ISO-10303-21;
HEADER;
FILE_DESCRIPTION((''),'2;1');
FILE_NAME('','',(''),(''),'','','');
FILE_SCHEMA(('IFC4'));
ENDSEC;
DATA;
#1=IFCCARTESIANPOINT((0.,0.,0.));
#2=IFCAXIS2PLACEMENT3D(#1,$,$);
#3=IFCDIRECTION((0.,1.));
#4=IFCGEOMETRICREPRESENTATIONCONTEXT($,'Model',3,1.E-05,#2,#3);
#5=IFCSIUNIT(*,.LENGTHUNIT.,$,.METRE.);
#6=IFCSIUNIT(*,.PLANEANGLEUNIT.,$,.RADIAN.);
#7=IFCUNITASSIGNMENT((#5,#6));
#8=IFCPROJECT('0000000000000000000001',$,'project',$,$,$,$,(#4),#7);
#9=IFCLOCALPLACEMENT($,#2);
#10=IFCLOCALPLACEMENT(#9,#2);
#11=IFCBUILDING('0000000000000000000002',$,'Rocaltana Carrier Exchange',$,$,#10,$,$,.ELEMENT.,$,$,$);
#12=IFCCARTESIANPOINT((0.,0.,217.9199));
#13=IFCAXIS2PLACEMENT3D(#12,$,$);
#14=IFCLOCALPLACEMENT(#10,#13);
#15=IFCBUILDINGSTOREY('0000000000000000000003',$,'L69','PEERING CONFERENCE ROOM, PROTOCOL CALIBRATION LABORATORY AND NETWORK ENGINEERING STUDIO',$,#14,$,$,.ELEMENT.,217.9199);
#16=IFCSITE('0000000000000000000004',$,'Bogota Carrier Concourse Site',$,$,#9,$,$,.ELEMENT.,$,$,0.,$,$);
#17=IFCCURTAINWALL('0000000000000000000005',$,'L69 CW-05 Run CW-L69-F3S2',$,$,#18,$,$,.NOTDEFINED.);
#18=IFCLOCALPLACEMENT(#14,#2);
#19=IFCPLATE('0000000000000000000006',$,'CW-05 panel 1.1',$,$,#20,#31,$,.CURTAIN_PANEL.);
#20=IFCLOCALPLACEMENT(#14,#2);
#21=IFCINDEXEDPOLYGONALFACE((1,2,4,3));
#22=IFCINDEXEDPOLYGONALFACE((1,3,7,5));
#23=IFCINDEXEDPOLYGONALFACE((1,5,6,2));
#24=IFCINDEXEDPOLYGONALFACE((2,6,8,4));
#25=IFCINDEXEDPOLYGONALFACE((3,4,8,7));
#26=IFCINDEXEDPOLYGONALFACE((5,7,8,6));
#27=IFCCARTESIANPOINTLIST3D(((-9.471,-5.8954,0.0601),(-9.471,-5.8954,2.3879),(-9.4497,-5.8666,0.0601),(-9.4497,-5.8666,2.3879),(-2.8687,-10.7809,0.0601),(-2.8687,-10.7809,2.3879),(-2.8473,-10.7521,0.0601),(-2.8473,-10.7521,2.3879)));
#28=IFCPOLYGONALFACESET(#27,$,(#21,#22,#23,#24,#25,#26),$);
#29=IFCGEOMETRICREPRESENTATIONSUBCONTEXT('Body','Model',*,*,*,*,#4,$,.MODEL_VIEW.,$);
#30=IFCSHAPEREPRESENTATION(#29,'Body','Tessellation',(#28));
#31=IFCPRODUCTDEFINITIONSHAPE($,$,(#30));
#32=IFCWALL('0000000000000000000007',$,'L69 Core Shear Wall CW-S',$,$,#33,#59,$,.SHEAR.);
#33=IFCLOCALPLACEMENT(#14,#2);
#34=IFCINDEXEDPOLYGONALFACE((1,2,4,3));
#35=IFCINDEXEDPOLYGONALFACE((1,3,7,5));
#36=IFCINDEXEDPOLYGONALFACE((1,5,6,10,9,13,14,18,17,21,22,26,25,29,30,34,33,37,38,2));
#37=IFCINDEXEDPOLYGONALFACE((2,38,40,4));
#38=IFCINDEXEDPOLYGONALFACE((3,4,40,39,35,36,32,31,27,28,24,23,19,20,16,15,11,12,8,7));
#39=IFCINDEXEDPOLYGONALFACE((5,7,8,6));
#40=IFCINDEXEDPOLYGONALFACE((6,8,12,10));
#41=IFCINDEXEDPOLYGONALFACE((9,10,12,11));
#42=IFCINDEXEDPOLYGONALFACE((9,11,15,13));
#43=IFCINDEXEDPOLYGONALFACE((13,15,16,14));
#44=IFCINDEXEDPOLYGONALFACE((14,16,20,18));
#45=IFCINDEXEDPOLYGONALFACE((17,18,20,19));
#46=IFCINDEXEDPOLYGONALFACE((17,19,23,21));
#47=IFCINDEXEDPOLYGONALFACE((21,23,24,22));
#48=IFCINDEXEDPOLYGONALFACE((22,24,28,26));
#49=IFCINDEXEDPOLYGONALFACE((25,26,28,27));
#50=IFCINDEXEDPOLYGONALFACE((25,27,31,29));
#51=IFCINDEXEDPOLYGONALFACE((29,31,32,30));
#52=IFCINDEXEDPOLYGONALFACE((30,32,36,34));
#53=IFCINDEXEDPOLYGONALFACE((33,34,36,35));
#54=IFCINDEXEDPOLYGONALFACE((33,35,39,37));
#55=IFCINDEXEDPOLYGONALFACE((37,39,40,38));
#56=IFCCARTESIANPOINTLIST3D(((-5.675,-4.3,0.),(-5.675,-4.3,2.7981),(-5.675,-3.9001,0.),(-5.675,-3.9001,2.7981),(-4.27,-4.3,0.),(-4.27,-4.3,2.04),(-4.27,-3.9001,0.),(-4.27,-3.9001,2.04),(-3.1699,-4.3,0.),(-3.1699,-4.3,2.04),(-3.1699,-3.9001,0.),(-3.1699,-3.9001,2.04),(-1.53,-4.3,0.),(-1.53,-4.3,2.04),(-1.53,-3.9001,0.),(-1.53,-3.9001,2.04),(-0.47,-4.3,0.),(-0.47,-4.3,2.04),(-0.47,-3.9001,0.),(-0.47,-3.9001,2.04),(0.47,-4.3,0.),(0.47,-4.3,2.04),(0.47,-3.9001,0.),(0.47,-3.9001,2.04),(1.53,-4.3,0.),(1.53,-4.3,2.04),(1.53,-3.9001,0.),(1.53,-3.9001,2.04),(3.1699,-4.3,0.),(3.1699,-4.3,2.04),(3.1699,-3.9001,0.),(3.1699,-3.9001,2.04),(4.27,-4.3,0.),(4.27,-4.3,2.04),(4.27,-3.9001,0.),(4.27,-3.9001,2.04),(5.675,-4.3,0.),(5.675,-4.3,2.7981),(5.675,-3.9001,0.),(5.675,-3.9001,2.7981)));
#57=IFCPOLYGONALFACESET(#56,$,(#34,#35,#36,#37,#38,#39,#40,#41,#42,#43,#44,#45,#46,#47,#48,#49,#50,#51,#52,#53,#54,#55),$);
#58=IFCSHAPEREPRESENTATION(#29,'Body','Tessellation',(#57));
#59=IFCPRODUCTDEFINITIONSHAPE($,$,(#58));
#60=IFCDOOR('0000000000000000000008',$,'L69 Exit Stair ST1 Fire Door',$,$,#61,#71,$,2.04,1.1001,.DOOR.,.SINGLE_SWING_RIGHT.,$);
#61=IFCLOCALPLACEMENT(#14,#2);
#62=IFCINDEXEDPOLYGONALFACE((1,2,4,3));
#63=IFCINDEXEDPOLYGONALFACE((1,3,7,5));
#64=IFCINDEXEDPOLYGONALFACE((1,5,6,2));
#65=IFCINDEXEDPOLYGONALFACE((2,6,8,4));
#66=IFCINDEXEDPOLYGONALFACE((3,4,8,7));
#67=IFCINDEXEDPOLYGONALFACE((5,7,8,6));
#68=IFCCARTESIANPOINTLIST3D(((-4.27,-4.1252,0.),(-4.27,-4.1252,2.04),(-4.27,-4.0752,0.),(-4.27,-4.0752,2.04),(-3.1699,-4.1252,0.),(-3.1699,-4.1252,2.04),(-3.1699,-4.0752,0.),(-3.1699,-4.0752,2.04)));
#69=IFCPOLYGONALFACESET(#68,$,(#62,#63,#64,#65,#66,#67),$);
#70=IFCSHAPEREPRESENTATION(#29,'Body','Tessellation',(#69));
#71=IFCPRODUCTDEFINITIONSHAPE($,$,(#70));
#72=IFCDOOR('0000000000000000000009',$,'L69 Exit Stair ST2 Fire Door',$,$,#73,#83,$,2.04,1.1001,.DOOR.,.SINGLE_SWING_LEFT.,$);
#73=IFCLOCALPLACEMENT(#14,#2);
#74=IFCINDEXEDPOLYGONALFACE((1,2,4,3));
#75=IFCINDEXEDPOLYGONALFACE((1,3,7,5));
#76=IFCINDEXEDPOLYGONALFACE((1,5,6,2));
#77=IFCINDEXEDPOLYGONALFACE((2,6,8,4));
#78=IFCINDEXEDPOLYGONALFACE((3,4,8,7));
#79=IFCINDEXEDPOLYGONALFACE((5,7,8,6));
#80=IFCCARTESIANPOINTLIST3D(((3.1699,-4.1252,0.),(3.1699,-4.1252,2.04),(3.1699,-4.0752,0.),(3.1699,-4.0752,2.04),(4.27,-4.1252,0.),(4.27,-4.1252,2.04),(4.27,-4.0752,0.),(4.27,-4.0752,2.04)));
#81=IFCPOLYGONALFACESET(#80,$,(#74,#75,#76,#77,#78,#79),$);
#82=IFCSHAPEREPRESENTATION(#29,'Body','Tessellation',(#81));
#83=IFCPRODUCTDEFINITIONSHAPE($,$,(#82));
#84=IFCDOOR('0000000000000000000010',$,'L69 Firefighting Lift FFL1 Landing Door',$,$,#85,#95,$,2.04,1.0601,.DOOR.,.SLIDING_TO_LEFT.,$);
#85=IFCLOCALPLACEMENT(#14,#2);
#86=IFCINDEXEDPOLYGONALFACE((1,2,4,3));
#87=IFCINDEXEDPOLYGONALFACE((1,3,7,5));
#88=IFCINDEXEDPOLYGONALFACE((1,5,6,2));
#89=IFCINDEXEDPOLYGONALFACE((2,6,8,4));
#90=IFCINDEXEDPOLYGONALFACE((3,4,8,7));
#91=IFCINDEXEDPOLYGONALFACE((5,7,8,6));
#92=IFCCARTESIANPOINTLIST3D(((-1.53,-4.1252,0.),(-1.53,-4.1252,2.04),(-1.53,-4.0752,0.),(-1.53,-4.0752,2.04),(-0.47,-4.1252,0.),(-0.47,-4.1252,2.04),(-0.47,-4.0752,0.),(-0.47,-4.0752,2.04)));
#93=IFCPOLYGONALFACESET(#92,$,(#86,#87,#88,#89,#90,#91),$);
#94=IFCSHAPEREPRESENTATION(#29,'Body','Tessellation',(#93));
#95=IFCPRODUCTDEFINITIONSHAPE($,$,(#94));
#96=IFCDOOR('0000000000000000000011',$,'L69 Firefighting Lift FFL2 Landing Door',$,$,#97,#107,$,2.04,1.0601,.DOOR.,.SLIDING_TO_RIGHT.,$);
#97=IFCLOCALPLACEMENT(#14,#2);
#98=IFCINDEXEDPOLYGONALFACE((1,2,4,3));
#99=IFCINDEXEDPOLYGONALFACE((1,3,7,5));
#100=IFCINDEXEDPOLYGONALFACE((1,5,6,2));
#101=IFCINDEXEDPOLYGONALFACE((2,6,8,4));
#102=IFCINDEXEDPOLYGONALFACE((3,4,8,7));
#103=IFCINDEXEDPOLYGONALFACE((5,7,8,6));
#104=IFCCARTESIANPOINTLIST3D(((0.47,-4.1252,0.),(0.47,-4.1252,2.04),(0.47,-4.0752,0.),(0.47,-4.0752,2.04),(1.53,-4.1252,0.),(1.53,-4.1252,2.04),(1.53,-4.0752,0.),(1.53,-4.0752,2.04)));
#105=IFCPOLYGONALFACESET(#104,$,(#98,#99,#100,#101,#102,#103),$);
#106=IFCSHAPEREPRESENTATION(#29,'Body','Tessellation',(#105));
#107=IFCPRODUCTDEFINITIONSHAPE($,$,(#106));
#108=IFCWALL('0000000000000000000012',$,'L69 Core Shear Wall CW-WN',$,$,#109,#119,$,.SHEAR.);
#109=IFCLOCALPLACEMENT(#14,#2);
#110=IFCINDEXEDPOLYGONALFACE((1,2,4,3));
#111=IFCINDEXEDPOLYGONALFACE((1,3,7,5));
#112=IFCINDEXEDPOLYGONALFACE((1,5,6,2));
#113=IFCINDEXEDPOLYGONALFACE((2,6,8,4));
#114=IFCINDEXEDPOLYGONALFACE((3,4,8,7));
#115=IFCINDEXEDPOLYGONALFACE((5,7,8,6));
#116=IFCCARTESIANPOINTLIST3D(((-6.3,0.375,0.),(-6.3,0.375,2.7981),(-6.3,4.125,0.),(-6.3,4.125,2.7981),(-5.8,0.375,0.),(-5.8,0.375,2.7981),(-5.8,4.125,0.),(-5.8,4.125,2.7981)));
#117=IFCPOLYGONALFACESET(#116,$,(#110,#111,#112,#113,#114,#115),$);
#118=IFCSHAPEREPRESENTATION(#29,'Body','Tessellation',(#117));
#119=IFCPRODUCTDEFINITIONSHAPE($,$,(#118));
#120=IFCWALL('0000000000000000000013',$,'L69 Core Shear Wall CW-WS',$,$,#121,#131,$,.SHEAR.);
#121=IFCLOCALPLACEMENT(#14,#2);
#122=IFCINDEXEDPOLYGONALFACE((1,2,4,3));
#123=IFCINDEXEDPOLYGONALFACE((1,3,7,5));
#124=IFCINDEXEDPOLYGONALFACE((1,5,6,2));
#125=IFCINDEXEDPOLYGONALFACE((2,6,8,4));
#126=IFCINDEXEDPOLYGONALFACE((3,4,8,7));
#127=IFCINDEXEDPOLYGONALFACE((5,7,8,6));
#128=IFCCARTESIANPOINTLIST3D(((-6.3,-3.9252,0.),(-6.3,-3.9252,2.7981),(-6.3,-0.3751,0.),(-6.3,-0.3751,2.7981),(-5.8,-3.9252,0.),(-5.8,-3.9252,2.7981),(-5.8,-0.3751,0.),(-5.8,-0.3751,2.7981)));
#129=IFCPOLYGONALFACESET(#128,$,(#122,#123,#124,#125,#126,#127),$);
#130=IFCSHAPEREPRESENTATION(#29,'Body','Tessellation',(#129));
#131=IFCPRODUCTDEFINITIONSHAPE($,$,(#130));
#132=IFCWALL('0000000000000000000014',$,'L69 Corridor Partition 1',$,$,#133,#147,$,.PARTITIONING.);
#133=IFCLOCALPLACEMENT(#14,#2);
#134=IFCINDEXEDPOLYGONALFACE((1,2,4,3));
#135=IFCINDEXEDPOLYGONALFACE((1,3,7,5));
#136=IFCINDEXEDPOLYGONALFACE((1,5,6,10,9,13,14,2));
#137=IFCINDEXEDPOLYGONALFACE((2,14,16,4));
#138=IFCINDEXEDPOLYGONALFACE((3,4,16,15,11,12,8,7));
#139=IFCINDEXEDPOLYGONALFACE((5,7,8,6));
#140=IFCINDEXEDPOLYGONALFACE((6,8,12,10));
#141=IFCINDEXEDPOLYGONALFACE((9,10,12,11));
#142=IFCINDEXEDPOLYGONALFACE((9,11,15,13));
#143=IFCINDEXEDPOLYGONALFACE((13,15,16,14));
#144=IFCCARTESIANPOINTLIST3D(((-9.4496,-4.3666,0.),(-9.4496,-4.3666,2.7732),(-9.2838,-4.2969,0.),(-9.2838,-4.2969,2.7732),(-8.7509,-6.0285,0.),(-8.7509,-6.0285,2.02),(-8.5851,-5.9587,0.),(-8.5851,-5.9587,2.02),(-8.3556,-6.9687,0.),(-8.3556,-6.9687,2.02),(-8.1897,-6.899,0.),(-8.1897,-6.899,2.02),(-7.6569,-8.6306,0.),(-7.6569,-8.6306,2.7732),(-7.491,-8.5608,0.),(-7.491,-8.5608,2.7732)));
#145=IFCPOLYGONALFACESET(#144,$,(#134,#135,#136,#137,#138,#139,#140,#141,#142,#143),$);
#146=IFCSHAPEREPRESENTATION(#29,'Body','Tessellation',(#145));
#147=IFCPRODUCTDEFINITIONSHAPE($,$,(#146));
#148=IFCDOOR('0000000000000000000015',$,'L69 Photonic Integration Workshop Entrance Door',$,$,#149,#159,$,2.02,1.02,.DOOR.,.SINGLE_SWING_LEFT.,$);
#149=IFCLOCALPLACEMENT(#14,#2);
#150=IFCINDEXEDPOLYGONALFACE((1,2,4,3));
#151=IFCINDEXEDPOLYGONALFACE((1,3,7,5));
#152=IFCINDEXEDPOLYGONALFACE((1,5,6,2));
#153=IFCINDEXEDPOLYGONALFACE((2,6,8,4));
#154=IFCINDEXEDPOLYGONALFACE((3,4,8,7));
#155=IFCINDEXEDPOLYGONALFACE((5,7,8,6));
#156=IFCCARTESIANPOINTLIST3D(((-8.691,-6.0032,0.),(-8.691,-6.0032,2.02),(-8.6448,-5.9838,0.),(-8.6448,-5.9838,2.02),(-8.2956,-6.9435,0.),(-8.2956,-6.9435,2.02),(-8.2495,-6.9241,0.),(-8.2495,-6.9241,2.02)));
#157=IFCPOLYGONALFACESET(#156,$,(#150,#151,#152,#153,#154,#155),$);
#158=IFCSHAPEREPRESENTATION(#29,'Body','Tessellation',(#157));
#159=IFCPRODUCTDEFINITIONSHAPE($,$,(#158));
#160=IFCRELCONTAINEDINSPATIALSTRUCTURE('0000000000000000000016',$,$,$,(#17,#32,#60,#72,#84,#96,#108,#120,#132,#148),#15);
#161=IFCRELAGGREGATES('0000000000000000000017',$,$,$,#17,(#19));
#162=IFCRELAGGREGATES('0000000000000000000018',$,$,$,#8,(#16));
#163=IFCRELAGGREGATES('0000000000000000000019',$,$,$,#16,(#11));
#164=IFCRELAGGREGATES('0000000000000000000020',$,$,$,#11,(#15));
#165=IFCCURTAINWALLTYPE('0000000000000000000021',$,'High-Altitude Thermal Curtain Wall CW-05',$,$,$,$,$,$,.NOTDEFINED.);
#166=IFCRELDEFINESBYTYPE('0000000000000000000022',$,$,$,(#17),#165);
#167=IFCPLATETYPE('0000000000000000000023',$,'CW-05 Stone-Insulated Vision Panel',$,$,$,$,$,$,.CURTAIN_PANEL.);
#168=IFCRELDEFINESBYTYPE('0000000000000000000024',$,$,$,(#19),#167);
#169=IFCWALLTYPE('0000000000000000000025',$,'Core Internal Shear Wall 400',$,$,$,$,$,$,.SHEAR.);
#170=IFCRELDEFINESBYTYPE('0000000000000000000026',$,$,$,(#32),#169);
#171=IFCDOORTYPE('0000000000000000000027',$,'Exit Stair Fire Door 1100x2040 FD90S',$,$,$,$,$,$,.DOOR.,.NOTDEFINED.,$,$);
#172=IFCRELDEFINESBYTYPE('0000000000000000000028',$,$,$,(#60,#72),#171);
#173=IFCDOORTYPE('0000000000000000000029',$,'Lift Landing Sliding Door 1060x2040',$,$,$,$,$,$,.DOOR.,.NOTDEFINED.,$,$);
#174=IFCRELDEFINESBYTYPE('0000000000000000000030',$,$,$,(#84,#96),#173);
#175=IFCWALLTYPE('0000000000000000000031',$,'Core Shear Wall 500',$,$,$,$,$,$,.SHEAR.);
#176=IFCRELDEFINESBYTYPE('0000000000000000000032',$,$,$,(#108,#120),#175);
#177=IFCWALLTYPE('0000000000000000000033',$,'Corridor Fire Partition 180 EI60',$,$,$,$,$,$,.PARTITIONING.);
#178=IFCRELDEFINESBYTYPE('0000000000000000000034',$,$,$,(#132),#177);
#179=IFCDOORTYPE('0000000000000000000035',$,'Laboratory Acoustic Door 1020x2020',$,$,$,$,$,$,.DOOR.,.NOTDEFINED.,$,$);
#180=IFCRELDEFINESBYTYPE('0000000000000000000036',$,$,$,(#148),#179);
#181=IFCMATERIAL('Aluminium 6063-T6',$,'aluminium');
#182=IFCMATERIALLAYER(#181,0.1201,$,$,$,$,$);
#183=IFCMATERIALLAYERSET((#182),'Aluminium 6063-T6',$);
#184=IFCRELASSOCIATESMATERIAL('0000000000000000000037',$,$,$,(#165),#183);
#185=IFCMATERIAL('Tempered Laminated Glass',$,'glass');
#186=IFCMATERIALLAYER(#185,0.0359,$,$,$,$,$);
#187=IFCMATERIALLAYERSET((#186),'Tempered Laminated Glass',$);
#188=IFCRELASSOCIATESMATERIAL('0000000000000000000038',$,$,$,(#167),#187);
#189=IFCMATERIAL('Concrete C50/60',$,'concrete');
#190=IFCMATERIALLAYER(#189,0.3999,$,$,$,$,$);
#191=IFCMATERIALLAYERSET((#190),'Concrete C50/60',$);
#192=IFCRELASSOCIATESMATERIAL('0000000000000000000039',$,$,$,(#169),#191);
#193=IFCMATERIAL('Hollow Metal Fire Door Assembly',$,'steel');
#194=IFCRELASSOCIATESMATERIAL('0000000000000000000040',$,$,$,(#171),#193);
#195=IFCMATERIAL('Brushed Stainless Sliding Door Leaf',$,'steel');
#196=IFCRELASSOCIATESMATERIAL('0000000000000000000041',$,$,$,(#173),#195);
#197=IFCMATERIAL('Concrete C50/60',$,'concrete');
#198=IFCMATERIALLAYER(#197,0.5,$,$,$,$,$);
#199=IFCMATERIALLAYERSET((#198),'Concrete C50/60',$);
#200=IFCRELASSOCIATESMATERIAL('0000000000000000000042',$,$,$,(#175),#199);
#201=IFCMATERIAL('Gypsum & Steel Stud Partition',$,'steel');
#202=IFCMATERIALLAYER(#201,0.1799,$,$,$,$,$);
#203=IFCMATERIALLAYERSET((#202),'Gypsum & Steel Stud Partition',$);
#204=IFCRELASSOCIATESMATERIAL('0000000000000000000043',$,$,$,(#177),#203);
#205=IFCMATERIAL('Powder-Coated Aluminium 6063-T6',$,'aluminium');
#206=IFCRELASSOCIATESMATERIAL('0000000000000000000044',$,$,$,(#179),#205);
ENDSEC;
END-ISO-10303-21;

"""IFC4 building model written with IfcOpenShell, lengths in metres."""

from ifc_helpers import new_model, si_unit, direction, frame, frame_2d, origin, origin_2d, place, context, subcontext, project, spatial, rectangle, extrude, material, layer, layer_set, type_object, element, fill, aggregate, save


model = new_model("IFC4")

# Units and contexts
model_context = context("Model", 3, precision=1e-05, world=origin(), true_north=direction((0.0, 1.0)))
body_context = subcontext(model_context, "Body", "Model", "MODEL_VIEW")
ifc_project = project(units=[si_unit("LENGTHUNIT", "METRE"), si_unit("PLANEANGLEUNIT", "RADIAN")], contexts=[model_context])

# Site, building, storey
site_placement = place(None, origin())
site = spatial("IfcSite", under=ifc_project, at=site_placement, Name="Bogota Carrier Concourse Site", CompositionType="ELEMENT", RefElevation=0.0)
building_placement = place(site_placement, origin())
building = spatial("IfcBuilding", under=site, at=building_placement, Name="Rocaltana Carrier Exchange", CompositionType="ELEMENT")
storey_placement = place(building_placement, frame((0.0, 0.0, 217.9199)))
storey = spatial("IfcBuildingStorey", under=building, at=storey_placement, Name="L69", Description="PEERING CONFERENCE ROOM, PROTOCOL CALIBRATION LABORATORY AND NETWORK ENGINEERING STUDIO", CompositionType="ELEMENT", Elevation=217.9199)

# Curtain wall, plate
ifc_material_1 = material(Name="Aluminium 6063-T6", Category="aluminium")
ifc_layer_1 = layer(ifc_material_1, 0.1201)
ifc_layer_set_1 = layer_set([ifc_layer_1], Name="Aluminium 6063-T6")
curtain_wall_type = type_object("IfcCurtainWallType", Name="High-Altitude Thermal Curtain Wall CW-05", PredefinedType="NOTDEFINED", material=ifc_layer_set_1)
curtain_wall_placement = place(storey_placement, origin())
curtain_wall = element("IfcCurtainWall", 1, at=curtain_wall_placement, inside=storey, type_object=curtain_wall_type, Name="L69 CW-05 Run CW-L69-F3S2", PredefinedType="NOTDEFINED")
ifc_material_2 = material(Name="Tempered Laminated Glass", Category="glass")
ifc_layer_2 = layer(ifc_material_2, 0.0359)
ifc_layer_set_2 = layer_set([ifc_layer_2], Name="Tempered Laminated Glass")
plate_type = type_object("IfcPlateType", Name="CW-05 Stone-Insulated Vision Panel", PredefinedType="CURTAIN_PANEL", material=ifc_layer_set_2)
plate_placement = place(storey_placement, frame((-6.1592, -8.3237, 0.0601), z_axis=(0.0, 0.0, 1.0), x_axis=(0.803858, -0.594821, 0.0)))
plate = element("IfcPlate", 2, at=plate_placement, type_object=plate_type, Name="CW-05 panel 1.1", PredefinedType="CURTAIN_PANEL", context=body_context, shape_type="SweptSolid", body=[
    extrude(rectangle(XDim=8.2134, YDim=0.0359, at=origin_2d()), origin(), (0.0, 0.0, 1.0), 2.3279),
])
aggregate(curtain_wall, [plate])

# Wall, openings, doors
ifc_material_3 = material(Name="Concrete C50/60", Category="concrete")
ifc_layer_3 = layer(ifc_material_3, 0.3999)
ifc_layer_set_3 = layer_set([ifc_layer_3], Name="Concrete C50/60")
wall_type_1 = type_object("IfcWallType", Name="Core Internal Shear Wall 400", PredefinedType="SHEAR", material=ifc_layer_set_3)
wall_1_placement = place(storey_placement, frame((-5.675, -4.1001, 0.0), z_axis=(0.0, 0.0, 1.0), x_axis=(1.0, 0.0, 0.0)))
wall_1 = element("IfcWall", 3, at=wall_1_placement, inside=storey, type_object=wall_type_1, Name="L69 Core Shear Wall CW-S", PredefinedType="SHEAR", context=body_context, shape_type="SweptSolid", body=[
    extrude(rectangle(XDim=11.3501, YDim=0.3999, at=frame_2d((5.675, 0.0))), origin(), (0.0, 0.0, 1.0), 2.7981),
])
opening_1_placement = place(wall_1_placement, frame((1.405, 0.0, 0.0)))
opening_1 = element("IfcOpeningElement", 4, at=opening_1_placement, cuts=wall_1, PredefinedType="OPENING", context=body_context, shape_type="SweptSolid", body=[
    extrude(rectangle(XDim=1.1001, YDim=2.04, at=frame_2d((0.55, 1.02))), frame((0.0, 0.21, 0.0), z_axis=(0.0, -1.0, 0.0), x_axis=(1.0, 0.0, 0.0)), (0.0, 0.0, 1.0), 0.4199),
])
opening_2_placement = place(wall_1_placement, frame((8.845, 0.0, 0.0)))
opening_2 = element("IfcOpeningElement", 5, at=opening_2_placement, cuts=wall_1, PredefinedType="OPENING", context=body_context, shape_type="SweptSolid", body=[
    extrude(rectangle(XDim=1.1001, YDim=2.04, at=frame_2d((0.55, 1.02))), frame((0.0, 0.21, 0.0), z_axis=(0.0, -1.0, 0.0), x_axis=(1.0, 0.0, 0.0)), (0.0, 0.0, 1.0), 0.4199),
])
opening_3_placement = place(wall_1_placement, frame((4.145, 0.0, 0.0)))
opening_3 = element("IfcOpeningElement", 6, at=opening_3_placement, cuts=wall_1, PredefinedType="OPENING", context=body_context, shape_type="SweptSolid", body=[
    extrude(rectangle(XDim=1.0601, YDim=2.04, at=frame_2d((0.53, 1.02))), frame((0.0, 0.21, 0.0), z_axis=(0.0, -1.0, 0.0), x_axis=(1.0, 0.0, 0.0)), (0.0, 0.0, 1.0), 0.4199),
])
opening_4_placement = place(wall_1_placement, frame((6.145, 0.0, 0.0)))
opening_4 = element("IfcOpeningElement", 7, at=opening_4_placement, cuts=wall_1, PredefinedType="OPENING", context=body_context, shape_type="SweptSolid", body=[
    extrude(rectangle(XDim=1.0601, YDim=2.04, at=frame_2d((0.53, 1.02))), frame((0.0, 0.21, 0.0), z_axis=(0.0, -1.0, 0.0), x_axis=(1.0, 0.0, 0.0)), (0.0, 0.0, 1.0), 0.4199),
])
ifc_material_4 = material(Name="Hollow Metal Fire Door Assembly", Category="steel")
door_type_1 = type_object("IfcDoorType", Name="Exit Stair Fire Door 1100x2040 FD90S", OperationType="NOTDEFINED", PredefinedType="DOOR", material=ifc_material_4)
door_1_placement = place(opening_1_placement, origin())
door_1 = element("IfcDoor", 8, at=door_1_placement, inside=storey, type_object=door_type_1, Name="L69 Exit Stair ST1 Fire Door", OperationType="SINGLE_SWING_RIGHT", OverallHeight=2.04, OverallWidth=1.1001, PredefinedType="DOOR", context=body_context, shape_type="SweptSolid", body=[
    extrude(rectangle(XDim=1.1001, YDim=2.04, at=frame_2d((0.55, 1.02))), frame((0.0, 0.0249, 0.0), z_axis=(0.0, -1.0, 0.0), x_axis=(1.0, 0.0, 0.0)), (0.0, 0.0, 1.0), 0.05),
])
fill(opening_1, door_1)
door_2_placement = place(opening_2_placement, origin())
door_2 = element("IfcDoor", 9, at=door_2_placement, inside=storey, type_object=door_type_1, Name="L69 Exit Stair ST2 Fire Door", OperationType="SINGLE_SWING_LEFT", OverallHeight=2.04, OverallWidth=1.1001, PredefinedType="DOOR", context=body_context, shape_type="SweptSolid", body=[
    extrude(rectangle(XDim=1.1001, YDim=2.04, at=frame_2d((0.55, 1.02))), frame((0.0, 0.0249, 0.0), z_axis=(0.0, -1.0, 0.0), x_axis=(1.0, 0.0, 0.0)), (0.0, 0.0, 1.0), 0.05),
])
fill(opening_2, door_2)
ifc_material_5 = material(Name="Brushed Stainless Sliding Door Leaf", Category="steel")
door_type_2 = type_object("IfcDoorType", Name="Lift Landing Sliding Door 1060x2040", OperationType="NOTDEFINED", PredefinedType="DOOR", material=ifc_material_5)
door_3_placement = place(opening_3_placement, origin())
door_3 = element("IfcDoor", 10, at=door_3_placement, inside=storey, type_object=door_type_2, Name="L69 Firefighting Lift FFL1 Landing Door", OperationType="SLIDING_TO_LEFT", OverallHeight=2.04, OverallWidth=1.0601, PredefinedType="DOOR", context=body_context, shape_type="SweptSolid", body=[
    extrude(rectangle(XDim=1.0601, YDim=2.04, at=frame_2d((0.53, 1.02))), frame((0.0, 0.0249, 0.0), z_axis=(0.0, -1.0, 0.0), x_axis=(1.0, 0.0, 0.0)), (0.0, 0.0, 1.0), 0.05),
])
fill(opening_3, door_3)
door_4_placement = place(opening_4_placement, origin())
door_4 = element("IfcDoor", 11, at=door_4_placement, inside=storey, type_object=door_type_2, Name="L69 Firefighting Lift FFL2 Landing Door", OperationType="SLIDING_TO_RIGHT", OverallHeight=2.04, OverallWidth=1.0601, PredefinedType="DOOR", context=body_context, shape_type="SweptSolid", body=[
    extrude(rectangle(XDim=1.0601, YDim=2.04, at=frame_2d((0.53, 1.02))), frame((0.0, 0.0249, 0.0), z_axis=(0.0, -1.0, 0.0), x_axis=(1.0, 0.0, 0.0)), (0.0, 0.0, 1.0), 0.05),
])
fill(opening_4, door_4)

# Walls
ifc_material_6 = material(Name="Concrete C50/60", Category="concrete")
ifc_layer_4 = layer(ifc_material_6, 0.5)
ifc_layer_set_4 = layer_set([ifc_layer_4], Name="Concrete C50/60")
wall_type_2 = type_object("IfcWallType", Name="Core Shear Wall 500", PredefinedType="SHEAR", material=ifc_layer_set_4)
wall_2_placement = place(storey_placement, frame((-6.05, 0.375, 0.0), z_axis=(0.0, 0.0, 1.0), x_axis=(0.0, 1.0, 0.0)))
element("IfcWall", 12, at=wall_2_placement, inside=storey, type_object=wall_type_2, Name="L69 Core Shear Wall CW-WN", PredefinedType="SHEAR", context=body_context, shape_type="SweptSolid", body=[
    extrude(rectangle(XDim=3.75, YDim=0.5, at=frame_2d((1.875, 0.0))), origin(), (0.0, 0.0, 1.0), 2.7981),
])
wall_3_placement = place(storey_placement, frame((-6.05, -3.925, 0.0), z_axis=(0.0, 0.0, 1.0), x_axis=(0.0, 1.0, 0.0)))
element("IfcWall", 13, at=wall_3_placement, inside=storey, type_object=wall_type_2, Name="L69 Core Shear Wall CW-WS", PredefinedType="SHEAR", context=body_context, shape_type="SweptSolid", body=[
    extrude(rectangle(XDim=3.55, YDim=0.5, at=frame_2d((1.7749, 0.0))), origin(), (0.0, 0.0, 1.0), 2.7981),
])

# Wall, opening, door
ifc_material_7 = material(Name="Gypsum & Steel Stud Partition", Category="steel")
ifc_layer_5 = layer(ifc_material_7, 0.1799)
ifc_layer_set_5 = layer_set([ifc_layer_5], Name="Gypsum & Steel Stud Partition")
wall_type_3 = type_object("IfcWallType", Name="Corridor Fire Partition 180 EI60", PredefinedType="PARTITIONING", material=ifc_layer_set_5)
wall_4_placement = place(storey_placement, frame((-7.574, -8.5957, 0.0), z_axis=(0.0, 0.0, 1.0), x_axis=(-0.387578, 0.921837, 0.0)))
wall_4 = element("IfcWall", 14, at=wall_4_placement, inside=storey, type_object=wall_type_3, Name="L69 Corridor Partition 1", PredefinedType="PARTITIONING", context=body_context, shape_type="SweptSolid", body=[
    extrude(rectangle(XDim=4.6255, YDim=0.1799, at=frame_2d((2.3127, 0.0))), origin(), (0.0, 0.0, 1.0), 2.7732),
])
opening_5_placement = place(wall_4_placement, frame((1.8027, 0.0, 0.0)))
opening_5 = element("IfcOpeningElement", 15, at=opening_5_placement, cuts=wall_4, PredefinedType="OPENING", context=body_context, shape_type="SweptSolid", body=[
    extrude(rectangle(XDim=1.02, YDim=2.02, at=frame_2d((0.51, 1.01))), frame((0.0, 0.0999, 0.0), z_axis=(0.0, -1.0, 0.0), x_axis=(1.0, 0.0, 0.0)), (0.0, 0.0, 1.0), 0.2),
])
ifc_material_8 = material(Name="Powder-Coated Aluminium 6063-T6", Category="aluminium")
door_type_3 = type_object("IfcDoorType", Name="Laboratory Acoustic Door 1020x2020", OperationType="NOTDEFINED", PredefinedType="DOOR", material=ifc_material_8)
door_5_placement = place(opening_5_placement, origin())
door_5 = element("IfcDoor", 16, at=door_5_placement, inside=storey, type_object=door_type_3, Name="L69 Photonic Integration Workshop Entrance Door", OperationType="SINGLE_SWING_LEFT", OverallHeight=2.02, OverallWidth=1.02, PredefinedType="DOOR", context=body_context, shape_type="SweptSolid", body=[
    extrude(rectangle(XDim=1.02, YDim=2.02, at=frame_2d((0.51, 1.01))), frame((0.0, 0.0249, 0.0), z_axis=(0.0, -1.0, 0.0), x_axis=(1.0, 0.0, 0.0)), (0.0, 0.0, 1.0), 0.05),
])
fill(opening_5, door_5)

save(model, "model.ifc")
